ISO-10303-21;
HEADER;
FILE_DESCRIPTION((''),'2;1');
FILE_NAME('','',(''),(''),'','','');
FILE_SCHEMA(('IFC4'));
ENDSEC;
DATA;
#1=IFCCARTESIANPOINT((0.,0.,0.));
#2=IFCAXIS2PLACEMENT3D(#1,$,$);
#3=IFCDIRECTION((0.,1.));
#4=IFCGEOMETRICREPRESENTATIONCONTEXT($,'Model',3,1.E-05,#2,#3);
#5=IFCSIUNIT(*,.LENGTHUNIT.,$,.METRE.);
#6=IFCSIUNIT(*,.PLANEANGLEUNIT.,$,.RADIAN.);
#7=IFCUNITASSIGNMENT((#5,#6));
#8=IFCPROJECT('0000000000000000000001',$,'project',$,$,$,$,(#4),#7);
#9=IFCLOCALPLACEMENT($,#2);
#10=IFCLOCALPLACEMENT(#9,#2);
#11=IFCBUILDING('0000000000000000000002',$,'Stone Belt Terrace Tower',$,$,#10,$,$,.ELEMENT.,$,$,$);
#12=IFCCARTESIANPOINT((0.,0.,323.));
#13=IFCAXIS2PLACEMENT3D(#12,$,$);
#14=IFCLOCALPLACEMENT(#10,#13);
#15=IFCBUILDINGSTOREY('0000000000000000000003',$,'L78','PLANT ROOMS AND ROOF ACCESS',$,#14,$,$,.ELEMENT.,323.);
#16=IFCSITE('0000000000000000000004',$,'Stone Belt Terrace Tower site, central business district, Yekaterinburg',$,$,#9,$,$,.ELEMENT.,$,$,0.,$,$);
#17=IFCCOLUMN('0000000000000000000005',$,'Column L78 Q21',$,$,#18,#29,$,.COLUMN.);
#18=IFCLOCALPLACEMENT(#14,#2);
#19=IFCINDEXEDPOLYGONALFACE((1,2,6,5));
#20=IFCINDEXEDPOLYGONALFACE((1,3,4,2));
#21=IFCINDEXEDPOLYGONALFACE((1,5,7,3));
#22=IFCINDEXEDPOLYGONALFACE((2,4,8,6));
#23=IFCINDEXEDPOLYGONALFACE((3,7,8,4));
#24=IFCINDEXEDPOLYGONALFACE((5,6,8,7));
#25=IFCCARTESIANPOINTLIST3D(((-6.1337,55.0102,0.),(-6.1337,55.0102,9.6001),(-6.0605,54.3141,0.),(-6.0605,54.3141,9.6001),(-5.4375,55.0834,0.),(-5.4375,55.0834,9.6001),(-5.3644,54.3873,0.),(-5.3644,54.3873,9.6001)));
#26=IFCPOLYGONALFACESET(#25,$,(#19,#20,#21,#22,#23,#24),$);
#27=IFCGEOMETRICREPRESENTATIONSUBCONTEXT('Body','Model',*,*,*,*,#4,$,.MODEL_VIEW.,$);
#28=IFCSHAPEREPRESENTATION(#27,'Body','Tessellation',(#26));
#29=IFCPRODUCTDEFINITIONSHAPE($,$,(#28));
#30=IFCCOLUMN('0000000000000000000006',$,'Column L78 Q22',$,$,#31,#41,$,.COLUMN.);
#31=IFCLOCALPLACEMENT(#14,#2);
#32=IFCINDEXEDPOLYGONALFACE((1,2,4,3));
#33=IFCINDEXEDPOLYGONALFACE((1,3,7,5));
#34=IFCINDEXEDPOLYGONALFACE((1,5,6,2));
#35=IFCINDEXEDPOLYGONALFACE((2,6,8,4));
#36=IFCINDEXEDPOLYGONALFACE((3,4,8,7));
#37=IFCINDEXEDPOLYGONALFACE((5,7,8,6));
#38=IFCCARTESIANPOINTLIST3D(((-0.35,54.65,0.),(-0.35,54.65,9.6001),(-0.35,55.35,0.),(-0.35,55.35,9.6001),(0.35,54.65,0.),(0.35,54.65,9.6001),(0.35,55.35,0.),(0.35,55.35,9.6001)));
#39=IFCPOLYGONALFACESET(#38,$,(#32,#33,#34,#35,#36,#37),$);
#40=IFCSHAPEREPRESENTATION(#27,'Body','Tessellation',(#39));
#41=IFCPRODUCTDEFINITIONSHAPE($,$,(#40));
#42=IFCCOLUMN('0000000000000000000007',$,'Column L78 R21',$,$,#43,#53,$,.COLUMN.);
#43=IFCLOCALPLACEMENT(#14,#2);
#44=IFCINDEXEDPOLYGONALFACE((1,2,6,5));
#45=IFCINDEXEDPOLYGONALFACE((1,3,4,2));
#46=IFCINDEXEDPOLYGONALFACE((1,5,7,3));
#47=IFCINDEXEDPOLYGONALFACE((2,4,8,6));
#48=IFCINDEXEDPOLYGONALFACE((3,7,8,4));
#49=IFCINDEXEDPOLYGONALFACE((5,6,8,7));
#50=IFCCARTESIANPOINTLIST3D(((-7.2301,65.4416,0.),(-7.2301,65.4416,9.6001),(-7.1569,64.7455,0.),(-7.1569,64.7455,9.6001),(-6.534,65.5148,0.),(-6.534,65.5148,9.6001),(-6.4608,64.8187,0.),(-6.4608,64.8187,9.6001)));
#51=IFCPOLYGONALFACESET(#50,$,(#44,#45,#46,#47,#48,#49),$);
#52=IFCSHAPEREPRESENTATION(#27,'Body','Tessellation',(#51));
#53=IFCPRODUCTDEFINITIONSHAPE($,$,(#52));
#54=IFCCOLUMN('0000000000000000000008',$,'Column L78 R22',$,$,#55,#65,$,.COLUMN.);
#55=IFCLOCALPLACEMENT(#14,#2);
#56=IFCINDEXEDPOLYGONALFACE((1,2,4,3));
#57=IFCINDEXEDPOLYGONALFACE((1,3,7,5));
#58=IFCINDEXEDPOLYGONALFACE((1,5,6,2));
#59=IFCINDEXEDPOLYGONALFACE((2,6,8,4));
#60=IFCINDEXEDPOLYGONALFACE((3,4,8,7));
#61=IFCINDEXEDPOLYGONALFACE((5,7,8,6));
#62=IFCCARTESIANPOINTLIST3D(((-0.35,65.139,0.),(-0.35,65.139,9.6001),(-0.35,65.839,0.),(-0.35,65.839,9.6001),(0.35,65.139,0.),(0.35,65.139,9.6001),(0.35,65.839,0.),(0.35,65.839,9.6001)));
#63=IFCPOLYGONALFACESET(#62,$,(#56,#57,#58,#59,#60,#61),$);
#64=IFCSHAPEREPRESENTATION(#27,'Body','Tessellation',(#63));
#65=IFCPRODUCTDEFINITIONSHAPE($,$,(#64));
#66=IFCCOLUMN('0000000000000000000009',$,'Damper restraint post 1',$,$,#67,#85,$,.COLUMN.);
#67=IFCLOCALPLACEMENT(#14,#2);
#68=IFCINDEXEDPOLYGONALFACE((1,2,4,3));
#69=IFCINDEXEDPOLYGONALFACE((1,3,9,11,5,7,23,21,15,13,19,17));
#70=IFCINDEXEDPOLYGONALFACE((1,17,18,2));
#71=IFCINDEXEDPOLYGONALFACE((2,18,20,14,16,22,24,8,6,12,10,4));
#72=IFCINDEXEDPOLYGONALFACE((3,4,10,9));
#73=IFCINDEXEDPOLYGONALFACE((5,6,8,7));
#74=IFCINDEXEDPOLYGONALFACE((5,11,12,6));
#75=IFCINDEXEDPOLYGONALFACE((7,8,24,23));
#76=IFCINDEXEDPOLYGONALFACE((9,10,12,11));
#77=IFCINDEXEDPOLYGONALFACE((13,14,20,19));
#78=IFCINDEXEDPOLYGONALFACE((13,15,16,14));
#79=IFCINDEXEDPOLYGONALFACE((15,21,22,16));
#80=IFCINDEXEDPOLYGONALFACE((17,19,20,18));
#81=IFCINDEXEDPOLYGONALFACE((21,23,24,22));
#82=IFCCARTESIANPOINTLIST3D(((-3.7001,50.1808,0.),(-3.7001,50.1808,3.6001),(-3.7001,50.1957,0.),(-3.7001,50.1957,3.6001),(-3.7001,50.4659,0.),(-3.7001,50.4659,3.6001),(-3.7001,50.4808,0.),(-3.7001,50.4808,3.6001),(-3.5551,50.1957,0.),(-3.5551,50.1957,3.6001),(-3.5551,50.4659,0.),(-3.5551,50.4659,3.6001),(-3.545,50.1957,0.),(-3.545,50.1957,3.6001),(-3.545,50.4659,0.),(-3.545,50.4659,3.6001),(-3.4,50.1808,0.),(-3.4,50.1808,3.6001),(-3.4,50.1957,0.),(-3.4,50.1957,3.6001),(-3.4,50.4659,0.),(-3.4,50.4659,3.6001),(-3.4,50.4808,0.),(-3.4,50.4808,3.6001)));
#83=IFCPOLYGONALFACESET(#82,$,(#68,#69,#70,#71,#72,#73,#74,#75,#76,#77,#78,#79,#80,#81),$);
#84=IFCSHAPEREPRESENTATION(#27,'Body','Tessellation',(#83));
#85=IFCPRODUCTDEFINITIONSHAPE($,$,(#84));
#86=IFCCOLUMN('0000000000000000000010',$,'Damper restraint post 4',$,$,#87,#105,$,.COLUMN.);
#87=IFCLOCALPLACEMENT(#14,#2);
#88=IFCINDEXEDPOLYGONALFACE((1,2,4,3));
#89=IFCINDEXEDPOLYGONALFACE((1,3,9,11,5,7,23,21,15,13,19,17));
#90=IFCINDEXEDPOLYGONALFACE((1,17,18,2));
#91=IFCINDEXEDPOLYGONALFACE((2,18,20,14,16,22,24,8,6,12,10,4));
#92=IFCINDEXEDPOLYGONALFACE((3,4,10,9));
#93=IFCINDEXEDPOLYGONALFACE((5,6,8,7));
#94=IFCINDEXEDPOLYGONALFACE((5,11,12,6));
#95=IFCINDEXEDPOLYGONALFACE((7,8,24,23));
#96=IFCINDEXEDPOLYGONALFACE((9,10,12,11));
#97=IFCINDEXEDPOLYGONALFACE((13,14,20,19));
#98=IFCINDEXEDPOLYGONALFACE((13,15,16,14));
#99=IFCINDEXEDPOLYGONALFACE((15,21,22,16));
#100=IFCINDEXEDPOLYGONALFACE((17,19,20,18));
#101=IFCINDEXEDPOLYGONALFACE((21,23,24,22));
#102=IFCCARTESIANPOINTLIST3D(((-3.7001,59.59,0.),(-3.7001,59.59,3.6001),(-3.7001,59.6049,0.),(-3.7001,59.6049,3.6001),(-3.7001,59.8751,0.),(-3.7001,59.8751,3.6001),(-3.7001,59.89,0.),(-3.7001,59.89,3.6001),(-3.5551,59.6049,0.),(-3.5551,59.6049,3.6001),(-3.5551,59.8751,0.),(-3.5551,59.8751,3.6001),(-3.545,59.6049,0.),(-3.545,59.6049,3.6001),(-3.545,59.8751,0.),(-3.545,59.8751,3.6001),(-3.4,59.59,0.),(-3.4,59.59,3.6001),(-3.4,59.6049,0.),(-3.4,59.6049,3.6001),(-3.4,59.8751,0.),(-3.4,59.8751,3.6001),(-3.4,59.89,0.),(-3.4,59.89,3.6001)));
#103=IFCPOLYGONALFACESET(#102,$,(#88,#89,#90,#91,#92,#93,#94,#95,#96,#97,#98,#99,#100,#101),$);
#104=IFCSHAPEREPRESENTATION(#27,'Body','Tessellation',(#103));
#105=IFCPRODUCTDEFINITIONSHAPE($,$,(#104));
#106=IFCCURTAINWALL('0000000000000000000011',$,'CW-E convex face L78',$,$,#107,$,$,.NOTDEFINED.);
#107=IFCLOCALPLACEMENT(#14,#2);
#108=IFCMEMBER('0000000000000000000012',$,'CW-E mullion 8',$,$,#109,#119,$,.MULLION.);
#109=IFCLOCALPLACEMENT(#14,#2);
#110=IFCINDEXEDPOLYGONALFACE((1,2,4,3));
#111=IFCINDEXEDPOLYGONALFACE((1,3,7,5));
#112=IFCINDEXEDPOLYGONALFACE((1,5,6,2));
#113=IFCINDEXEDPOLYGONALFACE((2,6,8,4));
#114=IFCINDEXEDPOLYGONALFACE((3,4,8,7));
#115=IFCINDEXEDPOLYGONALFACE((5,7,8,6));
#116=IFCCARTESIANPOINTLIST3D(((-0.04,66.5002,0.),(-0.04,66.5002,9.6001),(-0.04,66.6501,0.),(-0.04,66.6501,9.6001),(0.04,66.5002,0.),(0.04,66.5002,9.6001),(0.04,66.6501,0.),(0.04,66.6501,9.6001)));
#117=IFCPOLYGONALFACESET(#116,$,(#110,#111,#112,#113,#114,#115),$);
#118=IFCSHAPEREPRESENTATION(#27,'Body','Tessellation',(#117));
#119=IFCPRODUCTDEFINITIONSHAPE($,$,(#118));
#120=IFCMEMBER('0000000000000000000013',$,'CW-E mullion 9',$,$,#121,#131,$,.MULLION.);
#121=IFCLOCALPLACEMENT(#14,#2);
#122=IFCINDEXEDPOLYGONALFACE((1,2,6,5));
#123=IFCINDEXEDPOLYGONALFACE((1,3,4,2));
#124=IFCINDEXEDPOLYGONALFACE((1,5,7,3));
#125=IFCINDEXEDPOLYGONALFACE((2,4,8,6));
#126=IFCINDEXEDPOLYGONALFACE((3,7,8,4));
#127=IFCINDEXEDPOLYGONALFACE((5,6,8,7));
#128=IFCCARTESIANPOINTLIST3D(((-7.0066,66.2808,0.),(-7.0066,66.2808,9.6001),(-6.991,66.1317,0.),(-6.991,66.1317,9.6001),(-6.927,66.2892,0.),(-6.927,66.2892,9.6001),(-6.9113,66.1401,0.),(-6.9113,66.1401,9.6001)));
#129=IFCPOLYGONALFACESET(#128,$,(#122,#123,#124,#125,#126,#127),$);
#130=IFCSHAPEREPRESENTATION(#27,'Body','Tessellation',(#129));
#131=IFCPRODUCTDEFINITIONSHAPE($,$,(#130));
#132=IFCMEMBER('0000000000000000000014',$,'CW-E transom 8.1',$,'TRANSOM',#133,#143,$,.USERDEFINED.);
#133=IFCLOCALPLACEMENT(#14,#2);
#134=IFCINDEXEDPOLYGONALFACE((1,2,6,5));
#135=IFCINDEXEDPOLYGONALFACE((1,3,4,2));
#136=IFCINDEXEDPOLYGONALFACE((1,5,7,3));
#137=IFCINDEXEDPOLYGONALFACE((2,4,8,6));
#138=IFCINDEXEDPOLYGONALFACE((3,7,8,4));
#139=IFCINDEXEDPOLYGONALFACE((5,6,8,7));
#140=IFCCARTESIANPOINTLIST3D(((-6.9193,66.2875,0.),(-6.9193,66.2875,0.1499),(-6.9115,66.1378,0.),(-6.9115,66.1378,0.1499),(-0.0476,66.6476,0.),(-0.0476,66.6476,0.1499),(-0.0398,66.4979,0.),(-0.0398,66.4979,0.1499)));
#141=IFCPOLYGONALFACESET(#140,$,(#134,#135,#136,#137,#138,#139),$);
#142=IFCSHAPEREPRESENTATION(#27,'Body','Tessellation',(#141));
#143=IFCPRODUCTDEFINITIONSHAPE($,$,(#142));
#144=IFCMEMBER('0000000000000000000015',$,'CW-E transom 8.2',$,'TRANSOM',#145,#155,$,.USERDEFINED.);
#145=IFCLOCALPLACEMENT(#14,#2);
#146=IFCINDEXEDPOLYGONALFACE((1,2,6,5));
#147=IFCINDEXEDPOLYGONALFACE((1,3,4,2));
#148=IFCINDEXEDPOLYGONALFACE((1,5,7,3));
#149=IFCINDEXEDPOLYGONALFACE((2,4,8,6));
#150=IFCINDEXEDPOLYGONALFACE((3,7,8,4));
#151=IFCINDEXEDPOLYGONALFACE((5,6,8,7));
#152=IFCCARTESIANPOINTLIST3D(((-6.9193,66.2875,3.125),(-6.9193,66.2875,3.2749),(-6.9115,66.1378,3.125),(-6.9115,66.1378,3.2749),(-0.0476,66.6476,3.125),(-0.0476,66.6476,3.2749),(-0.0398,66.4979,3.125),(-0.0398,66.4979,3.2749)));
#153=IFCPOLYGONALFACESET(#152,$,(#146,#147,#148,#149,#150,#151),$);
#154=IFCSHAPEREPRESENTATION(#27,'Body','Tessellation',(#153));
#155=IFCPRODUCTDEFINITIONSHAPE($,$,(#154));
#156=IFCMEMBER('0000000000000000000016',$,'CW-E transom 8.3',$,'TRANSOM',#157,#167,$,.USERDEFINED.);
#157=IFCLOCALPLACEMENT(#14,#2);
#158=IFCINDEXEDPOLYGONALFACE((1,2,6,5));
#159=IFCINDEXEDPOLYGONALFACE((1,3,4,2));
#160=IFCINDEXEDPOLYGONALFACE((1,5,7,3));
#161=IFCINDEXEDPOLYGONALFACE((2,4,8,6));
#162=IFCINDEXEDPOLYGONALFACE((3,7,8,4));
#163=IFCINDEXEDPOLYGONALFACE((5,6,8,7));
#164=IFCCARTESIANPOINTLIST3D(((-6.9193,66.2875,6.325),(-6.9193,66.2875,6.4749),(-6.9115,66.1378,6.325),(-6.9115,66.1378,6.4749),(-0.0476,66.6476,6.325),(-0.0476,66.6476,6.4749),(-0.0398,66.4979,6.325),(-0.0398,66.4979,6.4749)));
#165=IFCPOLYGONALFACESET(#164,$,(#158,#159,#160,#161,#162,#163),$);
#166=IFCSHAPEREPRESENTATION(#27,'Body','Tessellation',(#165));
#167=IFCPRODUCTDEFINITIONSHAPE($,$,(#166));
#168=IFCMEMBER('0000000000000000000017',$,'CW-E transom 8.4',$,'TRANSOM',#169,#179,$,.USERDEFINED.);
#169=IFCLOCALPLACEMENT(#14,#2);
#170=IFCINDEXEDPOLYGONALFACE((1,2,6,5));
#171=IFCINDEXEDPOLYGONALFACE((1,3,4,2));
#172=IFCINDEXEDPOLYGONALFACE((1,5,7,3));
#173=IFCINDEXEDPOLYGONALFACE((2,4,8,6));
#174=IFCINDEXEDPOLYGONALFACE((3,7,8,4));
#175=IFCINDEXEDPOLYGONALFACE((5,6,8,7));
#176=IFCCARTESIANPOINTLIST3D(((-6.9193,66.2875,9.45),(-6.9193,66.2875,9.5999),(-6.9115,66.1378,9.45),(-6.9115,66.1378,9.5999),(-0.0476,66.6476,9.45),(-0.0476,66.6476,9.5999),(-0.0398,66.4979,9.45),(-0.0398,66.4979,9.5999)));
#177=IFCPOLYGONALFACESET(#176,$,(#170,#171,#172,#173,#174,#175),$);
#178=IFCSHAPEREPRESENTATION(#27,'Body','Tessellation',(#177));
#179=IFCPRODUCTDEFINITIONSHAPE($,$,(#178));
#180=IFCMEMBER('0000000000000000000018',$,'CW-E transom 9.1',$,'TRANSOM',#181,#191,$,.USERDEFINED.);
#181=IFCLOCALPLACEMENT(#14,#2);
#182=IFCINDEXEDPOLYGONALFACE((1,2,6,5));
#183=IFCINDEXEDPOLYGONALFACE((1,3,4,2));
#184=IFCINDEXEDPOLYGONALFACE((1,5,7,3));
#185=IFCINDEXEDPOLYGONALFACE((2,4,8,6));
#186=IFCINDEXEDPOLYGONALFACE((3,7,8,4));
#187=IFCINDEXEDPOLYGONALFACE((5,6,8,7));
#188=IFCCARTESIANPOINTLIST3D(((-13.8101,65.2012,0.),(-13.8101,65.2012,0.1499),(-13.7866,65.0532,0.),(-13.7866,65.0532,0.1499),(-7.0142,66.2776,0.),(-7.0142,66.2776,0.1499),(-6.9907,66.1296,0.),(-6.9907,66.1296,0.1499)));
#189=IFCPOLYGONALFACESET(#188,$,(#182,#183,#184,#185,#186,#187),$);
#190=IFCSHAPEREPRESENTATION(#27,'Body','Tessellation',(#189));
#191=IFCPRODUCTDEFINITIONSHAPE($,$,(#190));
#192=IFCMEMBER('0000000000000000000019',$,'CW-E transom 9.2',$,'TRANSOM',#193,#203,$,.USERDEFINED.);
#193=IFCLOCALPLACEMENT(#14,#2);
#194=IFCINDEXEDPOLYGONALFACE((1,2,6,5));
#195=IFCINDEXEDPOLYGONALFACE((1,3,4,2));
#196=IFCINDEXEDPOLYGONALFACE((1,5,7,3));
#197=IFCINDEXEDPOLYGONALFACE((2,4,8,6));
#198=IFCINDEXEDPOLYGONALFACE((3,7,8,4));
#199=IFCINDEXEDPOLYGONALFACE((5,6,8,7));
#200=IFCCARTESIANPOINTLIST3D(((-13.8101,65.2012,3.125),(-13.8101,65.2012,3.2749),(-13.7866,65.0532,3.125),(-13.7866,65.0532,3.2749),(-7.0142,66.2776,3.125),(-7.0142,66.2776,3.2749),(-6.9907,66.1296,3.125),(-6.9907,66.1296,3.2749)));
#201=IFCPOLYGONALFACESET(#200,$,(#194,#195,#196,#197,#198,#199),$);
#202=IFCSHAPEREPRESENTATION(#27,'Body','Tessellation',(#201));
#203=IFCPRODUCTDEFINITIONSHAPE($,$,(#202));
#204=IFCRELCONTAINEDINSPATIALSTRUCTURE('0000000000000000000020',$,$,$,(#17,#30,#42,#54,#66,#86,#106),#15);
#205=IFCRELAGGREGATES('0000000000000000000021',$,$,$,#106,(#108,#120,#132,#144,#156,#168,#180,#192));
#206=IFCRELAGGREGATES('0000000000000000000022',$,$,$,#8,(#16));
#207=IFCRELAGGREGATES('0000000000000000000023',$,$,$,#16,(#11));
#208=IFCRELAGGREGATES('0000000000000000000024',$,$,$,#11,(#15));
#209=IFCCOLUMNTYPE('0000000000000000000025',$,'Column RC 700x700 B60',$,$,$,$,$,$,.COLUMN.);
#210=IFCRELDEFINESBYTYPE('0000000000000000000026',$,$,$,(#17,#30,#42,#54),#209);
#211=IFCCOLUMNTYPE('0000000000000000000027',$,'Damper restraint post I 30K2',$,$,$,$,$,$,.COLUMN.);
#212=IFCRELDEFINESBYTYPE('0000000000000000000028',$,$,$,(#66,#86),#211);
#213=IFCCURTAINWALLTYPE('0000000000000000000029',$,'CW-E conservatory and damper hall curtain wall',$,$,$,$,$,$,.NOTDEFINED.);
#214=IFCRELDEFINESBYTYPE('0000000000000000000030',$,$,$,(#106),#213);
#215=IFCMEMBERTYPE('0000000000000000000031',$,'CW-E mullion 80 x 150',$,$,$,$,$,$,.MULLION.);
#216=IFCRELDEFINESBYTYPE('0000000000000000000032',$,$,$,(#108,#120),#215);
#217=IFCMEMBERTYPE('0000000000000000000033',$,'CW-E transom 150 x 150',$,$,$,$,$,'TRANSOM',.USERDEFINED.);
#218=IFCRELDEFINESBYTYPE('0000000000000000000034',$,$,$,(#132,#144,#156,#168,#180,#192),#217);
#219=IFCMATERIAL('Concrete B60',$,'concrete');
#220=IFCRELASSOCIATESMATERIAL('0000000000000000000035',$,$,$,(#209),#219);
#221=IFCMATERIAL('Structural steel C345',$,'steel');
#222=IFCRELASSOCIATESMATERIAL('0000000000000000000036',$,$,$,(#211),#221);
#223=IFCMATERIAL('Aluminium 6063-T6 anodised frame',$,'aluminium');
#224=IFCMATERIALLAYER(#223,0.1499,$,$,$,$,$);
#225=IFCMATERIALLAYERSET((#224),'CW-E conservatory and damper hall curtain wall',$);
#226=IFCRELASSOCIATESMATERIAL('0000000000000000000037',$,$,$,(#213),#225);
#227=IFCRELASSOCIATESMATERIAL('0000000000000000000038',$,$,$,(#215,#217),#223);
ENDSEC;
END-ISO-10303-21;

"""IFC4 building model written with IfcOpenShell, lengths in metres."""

from ifc_helpers import new_model, si_unit, direction, frame, origin, origin_2d, place, context, subcontext, project, spatial, rectangle, i_section, extrude, material, layer, layer_set, material_profile, profile_set, type_object, element, aggregate, save


model = new_model("IFC4")

# Units and contexts
model_context = context("Model", 3, precision=1e-05, world=origin(), true_north=direction((0.0, 1.0)))
body_context = subcontext(model_context, "Body", "Model", "MODEL_VIEW")
ifc_project = project(units=[si_unit("LENGTHUNIT", "METRE"), si_unit("PLANEANGLEUNIT", "RADIAN")], contexts=[model_context])

# Site, building, storey
site_placement = place(None, origin())
site = spatial("IfcSite", under=ifc_project, at=site_placement, Name="Stone Belt Terrace Tower site, central business district, Yekaterinburg", CompositionType="ELEMENT", RefElevation=0.0)
building_placement = place(site_placement, origin())
building = spatial("IfcBuilding", under=site, at=building_placement, Name="Stone Belt Terrace Tower", CompositionType="ELEMENT")
storey_placement = place(building_placement, frame((0.0, 0.0, 323.0)))
storey = spatial("IfcBuildingStorey", under=building, at=storey_placement, Name="L78", Description="PLANT ROOMS AND ROOF ACCESS", CompositionType="ELEMENT", Elevation=323.0)

# Columns
ifc_material_1 = material(Name="Concrete B60", Category="concrete")
ifc_material_profile_1 = material_profile(ifc_material_1, rectangle(XDim=0.7, YDim=0.7, at=origin_2d()), Name="RC 700x700")
ifc_profile_set_1 = profile_set([ifc_material_profile_1], Name="Concrete B60")
column_type_1 = type_object("IfcColumnType", Name="Column RC 700x700 B60", PredefinedType="COLUMN", material=ifc_profile_set_1)
for number, where, z_axis, x_axis, name in (
    (1, (-5.749, 54.6987, 0.0), (0.0, 0.0, 1.0), (0.994522, 0.104528, 0.0), "Column L78 Q21"),
    (2, (0.0, 55.0, 0.0), (0.0, 0.0, 1.0), (1.0, 0.0, 0.0), "Column L78 Q22"),
    (3, (-6.8455, 65.1301, 0.0), (0.0, 0.0, 1.0), (0.994522, 0.104528, 0.0), "Column L78 R21"),
    (4, (0.0, 65.489, 0.0), (0.0, 0.0, 1.0), (1.0, 0.0, 0.0), "Column L78 R22"),
):
    element("IfcColumn", number, at=place(storey_placement, frame(where, z_axis=z_axis, x_axis=x_axis)), inside=storey, type_object=column_type_1, Name=name, PredefinedType="COLUMN", context=body_context, shape_type="SweptSolid", body=[
        extrude(rectangle(XDim=0.7, YDim=0.7, at=origin_2d()), origin(), (0.0, 0.0, 1.0), 9.6001),
    ])
ifc_material_2 = material(Name="Structural steel C345", Category="steel")
ifc_material_profile_2 = material_profile(ifc_material_2, i_section(OverallWidth=0.3, OverallDepth=0.3, WebThickness=0.01, FlangeThickness=0.0149, at=origin_2d()), Name="I 30K2")
ifc_profile_set_2 = profile_set([ifc_material_profile_2], Name="Structural steel C345")
column_type_2 = type_object("IfcColumnType", Name="Damper restraint post I 30K2", PredefinedType="COLUMN", material=ifc_profile_set_2)
for number, where, z_axis, x_axis, name in (
    (5, (-3.55, 50.3308, 0.0), (0.0, 0.0, 1.0), (1.0, 0.0, 0.0), "Damper restraint post 1"),
    (6, (-3.55, 59.74, 0.0), (0.0, 0.0, 1.0), (1.0, 0.0, 0.0), "Damper restraint post 4"),
):
    element("IfcColumn", number, at=place(storey_placement, frame(where, z_axis=z_axis, x_axis=x_axis)), inside=storey, type_object=column_type_2, Name=name, PredefinedType="COLUMN", context=body_context, shape_type="SweptSolid", body=[
        extrude(i_section(OverallWidth=0.3, OverallDepth=0.3, WebThickness=0.01, FlangeThickness=0.0149, at=origin_2d()), origin(), (0.0, 0.0, 1.0), 3.6001),
    ])

# Curtain wall, members
ifc_material_3 = material(Name="Aluminium 6063-T6 anodised frame", Category="aluminium")
ifc_layer_1 = layer(ifc_material_3, 0.1499)
ifc_layer_set_1 = layer_set([ifc_layer_1], Name="CW-E conservatory and damper hall curtain wall")
curtain_wall_type = type_object("IfcCurtainWallType", Name="CW-E conservatory and damper hall curtain wall", PredefinedType="NOTDEFINED", material=ifc_layer_set_1)
curtain_wall_placement = place(storey_placement, origin())
curtain_wall = element("IfcCurtainWall", 7, at=curtain_wall_placement, inside=storey, type_object=curtain_wall_type, Name="CW-E convex face L78", PredefinedType="NOTDEFINED")
ifc_material_profile_3 = material_profile(ifc_material_3, rectangle(XDim=0.1499, YDim=0.0801, at=origin_2d()), Name="Aluminium 6063-T6 80x150")
ifc_profile_set_3 = profile_set([ifc_material_profile_3], Name="Aluminium 6063-T6 anodised frame")
member_type_1 = type_object("IfcMemberType", Name="CW-E mullion 80 x 150", PredefinedType="MULLION", material=ifc_profile_set_3)
member_1_placement = place(storey_placement, frame((0.0, 66.5752, 0.0), z_axis=(0.0, 0.0, 1.0), x_axis=(0.0, -1.0, 0.0)))
member_1 = element("IfcMember", 8, at=member_1_placement, type_object=member_type_1, Name="CW-E mullion 8", PredefinedType="MULLION", context=body_context, shape_type="SweptSolid", body=[
    extrude(rectangle(XDim=0.1499, YDim=0.0801, at=origin_2d()), origin(), (0.0, 0.0, 1.0), 9.6001),
])
member_2_placement = place(storey_placement, frame((-6.959, 66.2104, 0.0), z_axis=(0.0, 0.0, 1.0), x_axis=(0.104528, -0.994522, 0.0)))
member_2 = element("IfcMember", 9, at=member_2_placement, type_object=member_type_1, Name="CW-E mullion 9", PredefinedType="MULLION", context=body_context, shape_type="SweptSolid", body=[
    extrude(rectangle(XDim=0.1499, YDim=0.0801, at=origin_2d()), origin(), (0.0, 0.0, 1.0), 9.6001),
])
ifc_material_profile_4 = material_profile(ifc_material_3, rectangle(XDim=0.1499, YDim=0.1499, at=origin_2d()), Name="Aluminium 6063-T6 150x150")
ifc_profile_set_4 = profile_set([ifc_material_profile_4], Name="Aluminium 6063-T6 anodised frame")
member_type_2 = type_object("IfcMemberType", Name="CW-E transom 150 x 150", ElementType="TRANSOM", PredefinedType="USERDEFINED", material=ifc_profile_set_4)
member_3_placement = place(storey_placement, frame((-0.0437, 66.5728, 0.075), z_axis=(-0.99863, -0.052334, 0.0), x_axis=(0.052334, -0.99863, 0.0)))
member_3 = element("IfcMember", 10, at=member_3_placement, type_object=member_type_2, Name="CW-E transom 8.1", ObjectType="TRANSOM", PredefinedType="USERDEFINED", context=body_context, shape_type="SweptSolid", body=[
    extrude(rectangle(XDim=0.1499, YDim=0.1499, at=origin_2d()), origin(), (0.0, 0.0, 1.0), 6.8811),
])
member_4_placement = place(storey_placement, frame((-0.0437, 66.5728, 3.2), z_axis=(-0.99863, -0.052334, 0.0), x_axis=(0.052334, -0.99863, 0.0)))
member_4 = element("IfcMember", 11, at=member_4_placement, type_object=member_type_2, Name="CW-E transom 8.2", ObjectType="TRANSOM", PredefinedType="USERDEFINED", context=body_context, shape_type="SweptSolid", body=[
    extrude(rectangle(XDim=0.1499, YDim=0.1499, at=origin_2d()), origin(), (0.0, 0.0, 1.0), 6.8811),
])
member_5_placement = place(storey_placement, frame((-0.0437, 66.5728, 6.3999), z_axis=(-0.99863, -0.052334, 0.0), x_axis=(0.052334, -0.99863, 0.0)))
member_5 = element("IfcMember", 12, at=member_5_placement, type_object=member_type_2, Name="CW-E transom 8.3", ObjectType="TRANSOM", PredefinedType="USERDEFINED", context=body_context, shape_type="SweptSolid", body=[
    extrude(rectangle(XDim=0.1499, YDim=0.1499, at=origin_2d()), origin(), (0.0, 0.0, 1.0), 6.8811),
])
member_6_placement = place(storey_placement, frame((-0.0437, 66.5728, 9.5249), z_axis=(-0.99863, -0.052334, 0.0), x_axis=(0.052334, -0.99863, 0.0)))
member_6 = element("IfcMember", 13, at=member_6_placement, type_object=member_type_2, Name="CW-E transom 8.4", ObjectType="TRANSOM", PredefinedType="USERDEFINED", context=body_context, shape_type="SweptSolid", body=[
    extrude(rectangle(XDim=0.1499, YDim=0.1499, at=origin_2d()), origin(), (0.0, 0.0, 1.0), 6.8811),
])
member_7_placement = place(storey_placement, frame((-7.0024, 66.2036, 0.075), z_axis=(-0.987687, -0.156442, 0.0), x_axis=(0.156442, -0.987687, 0.0)))
member_7 = element("IfcMember", 14, at=member_7_placement, type_object=member_type_2, Name="CW-E transom 9.1", ObjectType="TRANSOM", PredefinedType="USERDEFINED", context=body_context, shape_type="SweptSolid", body=[
    extrude(rectangle(XDim=0.1499, YDim=0.1499, at=origin_2d()), origin(), (0.0, 0.0, 1.0), 6.8806),
])
member_8_placement = place(storey_placement, frame((-7.0024, 66.2036, 3.2), z_axis=(-0.987687, -0.156442, 0.0), x_axis=(0.156442, -0.987687, 0.0)))
member_8 = element("IfcMember", 15, at=member_8_placement, type_object=member_type_2, Name="CW-E transom 9.2", ObjectType="TRANSOM", PredefinedType="USERDEFINED", context=body_context, shape_type="SweptSolid", body=[
    extrude(rectangle(XDim=0.1499, YDim=0.1499, at=origin_2d()), origin(), (0.0, 0.0, 1.0), 6.8806),
])

aggregate(curtain_wall, [member_1, member_2, member_3, member_4, member_5, member_6, member_7, member_8])

save(model, "model.ifc")
